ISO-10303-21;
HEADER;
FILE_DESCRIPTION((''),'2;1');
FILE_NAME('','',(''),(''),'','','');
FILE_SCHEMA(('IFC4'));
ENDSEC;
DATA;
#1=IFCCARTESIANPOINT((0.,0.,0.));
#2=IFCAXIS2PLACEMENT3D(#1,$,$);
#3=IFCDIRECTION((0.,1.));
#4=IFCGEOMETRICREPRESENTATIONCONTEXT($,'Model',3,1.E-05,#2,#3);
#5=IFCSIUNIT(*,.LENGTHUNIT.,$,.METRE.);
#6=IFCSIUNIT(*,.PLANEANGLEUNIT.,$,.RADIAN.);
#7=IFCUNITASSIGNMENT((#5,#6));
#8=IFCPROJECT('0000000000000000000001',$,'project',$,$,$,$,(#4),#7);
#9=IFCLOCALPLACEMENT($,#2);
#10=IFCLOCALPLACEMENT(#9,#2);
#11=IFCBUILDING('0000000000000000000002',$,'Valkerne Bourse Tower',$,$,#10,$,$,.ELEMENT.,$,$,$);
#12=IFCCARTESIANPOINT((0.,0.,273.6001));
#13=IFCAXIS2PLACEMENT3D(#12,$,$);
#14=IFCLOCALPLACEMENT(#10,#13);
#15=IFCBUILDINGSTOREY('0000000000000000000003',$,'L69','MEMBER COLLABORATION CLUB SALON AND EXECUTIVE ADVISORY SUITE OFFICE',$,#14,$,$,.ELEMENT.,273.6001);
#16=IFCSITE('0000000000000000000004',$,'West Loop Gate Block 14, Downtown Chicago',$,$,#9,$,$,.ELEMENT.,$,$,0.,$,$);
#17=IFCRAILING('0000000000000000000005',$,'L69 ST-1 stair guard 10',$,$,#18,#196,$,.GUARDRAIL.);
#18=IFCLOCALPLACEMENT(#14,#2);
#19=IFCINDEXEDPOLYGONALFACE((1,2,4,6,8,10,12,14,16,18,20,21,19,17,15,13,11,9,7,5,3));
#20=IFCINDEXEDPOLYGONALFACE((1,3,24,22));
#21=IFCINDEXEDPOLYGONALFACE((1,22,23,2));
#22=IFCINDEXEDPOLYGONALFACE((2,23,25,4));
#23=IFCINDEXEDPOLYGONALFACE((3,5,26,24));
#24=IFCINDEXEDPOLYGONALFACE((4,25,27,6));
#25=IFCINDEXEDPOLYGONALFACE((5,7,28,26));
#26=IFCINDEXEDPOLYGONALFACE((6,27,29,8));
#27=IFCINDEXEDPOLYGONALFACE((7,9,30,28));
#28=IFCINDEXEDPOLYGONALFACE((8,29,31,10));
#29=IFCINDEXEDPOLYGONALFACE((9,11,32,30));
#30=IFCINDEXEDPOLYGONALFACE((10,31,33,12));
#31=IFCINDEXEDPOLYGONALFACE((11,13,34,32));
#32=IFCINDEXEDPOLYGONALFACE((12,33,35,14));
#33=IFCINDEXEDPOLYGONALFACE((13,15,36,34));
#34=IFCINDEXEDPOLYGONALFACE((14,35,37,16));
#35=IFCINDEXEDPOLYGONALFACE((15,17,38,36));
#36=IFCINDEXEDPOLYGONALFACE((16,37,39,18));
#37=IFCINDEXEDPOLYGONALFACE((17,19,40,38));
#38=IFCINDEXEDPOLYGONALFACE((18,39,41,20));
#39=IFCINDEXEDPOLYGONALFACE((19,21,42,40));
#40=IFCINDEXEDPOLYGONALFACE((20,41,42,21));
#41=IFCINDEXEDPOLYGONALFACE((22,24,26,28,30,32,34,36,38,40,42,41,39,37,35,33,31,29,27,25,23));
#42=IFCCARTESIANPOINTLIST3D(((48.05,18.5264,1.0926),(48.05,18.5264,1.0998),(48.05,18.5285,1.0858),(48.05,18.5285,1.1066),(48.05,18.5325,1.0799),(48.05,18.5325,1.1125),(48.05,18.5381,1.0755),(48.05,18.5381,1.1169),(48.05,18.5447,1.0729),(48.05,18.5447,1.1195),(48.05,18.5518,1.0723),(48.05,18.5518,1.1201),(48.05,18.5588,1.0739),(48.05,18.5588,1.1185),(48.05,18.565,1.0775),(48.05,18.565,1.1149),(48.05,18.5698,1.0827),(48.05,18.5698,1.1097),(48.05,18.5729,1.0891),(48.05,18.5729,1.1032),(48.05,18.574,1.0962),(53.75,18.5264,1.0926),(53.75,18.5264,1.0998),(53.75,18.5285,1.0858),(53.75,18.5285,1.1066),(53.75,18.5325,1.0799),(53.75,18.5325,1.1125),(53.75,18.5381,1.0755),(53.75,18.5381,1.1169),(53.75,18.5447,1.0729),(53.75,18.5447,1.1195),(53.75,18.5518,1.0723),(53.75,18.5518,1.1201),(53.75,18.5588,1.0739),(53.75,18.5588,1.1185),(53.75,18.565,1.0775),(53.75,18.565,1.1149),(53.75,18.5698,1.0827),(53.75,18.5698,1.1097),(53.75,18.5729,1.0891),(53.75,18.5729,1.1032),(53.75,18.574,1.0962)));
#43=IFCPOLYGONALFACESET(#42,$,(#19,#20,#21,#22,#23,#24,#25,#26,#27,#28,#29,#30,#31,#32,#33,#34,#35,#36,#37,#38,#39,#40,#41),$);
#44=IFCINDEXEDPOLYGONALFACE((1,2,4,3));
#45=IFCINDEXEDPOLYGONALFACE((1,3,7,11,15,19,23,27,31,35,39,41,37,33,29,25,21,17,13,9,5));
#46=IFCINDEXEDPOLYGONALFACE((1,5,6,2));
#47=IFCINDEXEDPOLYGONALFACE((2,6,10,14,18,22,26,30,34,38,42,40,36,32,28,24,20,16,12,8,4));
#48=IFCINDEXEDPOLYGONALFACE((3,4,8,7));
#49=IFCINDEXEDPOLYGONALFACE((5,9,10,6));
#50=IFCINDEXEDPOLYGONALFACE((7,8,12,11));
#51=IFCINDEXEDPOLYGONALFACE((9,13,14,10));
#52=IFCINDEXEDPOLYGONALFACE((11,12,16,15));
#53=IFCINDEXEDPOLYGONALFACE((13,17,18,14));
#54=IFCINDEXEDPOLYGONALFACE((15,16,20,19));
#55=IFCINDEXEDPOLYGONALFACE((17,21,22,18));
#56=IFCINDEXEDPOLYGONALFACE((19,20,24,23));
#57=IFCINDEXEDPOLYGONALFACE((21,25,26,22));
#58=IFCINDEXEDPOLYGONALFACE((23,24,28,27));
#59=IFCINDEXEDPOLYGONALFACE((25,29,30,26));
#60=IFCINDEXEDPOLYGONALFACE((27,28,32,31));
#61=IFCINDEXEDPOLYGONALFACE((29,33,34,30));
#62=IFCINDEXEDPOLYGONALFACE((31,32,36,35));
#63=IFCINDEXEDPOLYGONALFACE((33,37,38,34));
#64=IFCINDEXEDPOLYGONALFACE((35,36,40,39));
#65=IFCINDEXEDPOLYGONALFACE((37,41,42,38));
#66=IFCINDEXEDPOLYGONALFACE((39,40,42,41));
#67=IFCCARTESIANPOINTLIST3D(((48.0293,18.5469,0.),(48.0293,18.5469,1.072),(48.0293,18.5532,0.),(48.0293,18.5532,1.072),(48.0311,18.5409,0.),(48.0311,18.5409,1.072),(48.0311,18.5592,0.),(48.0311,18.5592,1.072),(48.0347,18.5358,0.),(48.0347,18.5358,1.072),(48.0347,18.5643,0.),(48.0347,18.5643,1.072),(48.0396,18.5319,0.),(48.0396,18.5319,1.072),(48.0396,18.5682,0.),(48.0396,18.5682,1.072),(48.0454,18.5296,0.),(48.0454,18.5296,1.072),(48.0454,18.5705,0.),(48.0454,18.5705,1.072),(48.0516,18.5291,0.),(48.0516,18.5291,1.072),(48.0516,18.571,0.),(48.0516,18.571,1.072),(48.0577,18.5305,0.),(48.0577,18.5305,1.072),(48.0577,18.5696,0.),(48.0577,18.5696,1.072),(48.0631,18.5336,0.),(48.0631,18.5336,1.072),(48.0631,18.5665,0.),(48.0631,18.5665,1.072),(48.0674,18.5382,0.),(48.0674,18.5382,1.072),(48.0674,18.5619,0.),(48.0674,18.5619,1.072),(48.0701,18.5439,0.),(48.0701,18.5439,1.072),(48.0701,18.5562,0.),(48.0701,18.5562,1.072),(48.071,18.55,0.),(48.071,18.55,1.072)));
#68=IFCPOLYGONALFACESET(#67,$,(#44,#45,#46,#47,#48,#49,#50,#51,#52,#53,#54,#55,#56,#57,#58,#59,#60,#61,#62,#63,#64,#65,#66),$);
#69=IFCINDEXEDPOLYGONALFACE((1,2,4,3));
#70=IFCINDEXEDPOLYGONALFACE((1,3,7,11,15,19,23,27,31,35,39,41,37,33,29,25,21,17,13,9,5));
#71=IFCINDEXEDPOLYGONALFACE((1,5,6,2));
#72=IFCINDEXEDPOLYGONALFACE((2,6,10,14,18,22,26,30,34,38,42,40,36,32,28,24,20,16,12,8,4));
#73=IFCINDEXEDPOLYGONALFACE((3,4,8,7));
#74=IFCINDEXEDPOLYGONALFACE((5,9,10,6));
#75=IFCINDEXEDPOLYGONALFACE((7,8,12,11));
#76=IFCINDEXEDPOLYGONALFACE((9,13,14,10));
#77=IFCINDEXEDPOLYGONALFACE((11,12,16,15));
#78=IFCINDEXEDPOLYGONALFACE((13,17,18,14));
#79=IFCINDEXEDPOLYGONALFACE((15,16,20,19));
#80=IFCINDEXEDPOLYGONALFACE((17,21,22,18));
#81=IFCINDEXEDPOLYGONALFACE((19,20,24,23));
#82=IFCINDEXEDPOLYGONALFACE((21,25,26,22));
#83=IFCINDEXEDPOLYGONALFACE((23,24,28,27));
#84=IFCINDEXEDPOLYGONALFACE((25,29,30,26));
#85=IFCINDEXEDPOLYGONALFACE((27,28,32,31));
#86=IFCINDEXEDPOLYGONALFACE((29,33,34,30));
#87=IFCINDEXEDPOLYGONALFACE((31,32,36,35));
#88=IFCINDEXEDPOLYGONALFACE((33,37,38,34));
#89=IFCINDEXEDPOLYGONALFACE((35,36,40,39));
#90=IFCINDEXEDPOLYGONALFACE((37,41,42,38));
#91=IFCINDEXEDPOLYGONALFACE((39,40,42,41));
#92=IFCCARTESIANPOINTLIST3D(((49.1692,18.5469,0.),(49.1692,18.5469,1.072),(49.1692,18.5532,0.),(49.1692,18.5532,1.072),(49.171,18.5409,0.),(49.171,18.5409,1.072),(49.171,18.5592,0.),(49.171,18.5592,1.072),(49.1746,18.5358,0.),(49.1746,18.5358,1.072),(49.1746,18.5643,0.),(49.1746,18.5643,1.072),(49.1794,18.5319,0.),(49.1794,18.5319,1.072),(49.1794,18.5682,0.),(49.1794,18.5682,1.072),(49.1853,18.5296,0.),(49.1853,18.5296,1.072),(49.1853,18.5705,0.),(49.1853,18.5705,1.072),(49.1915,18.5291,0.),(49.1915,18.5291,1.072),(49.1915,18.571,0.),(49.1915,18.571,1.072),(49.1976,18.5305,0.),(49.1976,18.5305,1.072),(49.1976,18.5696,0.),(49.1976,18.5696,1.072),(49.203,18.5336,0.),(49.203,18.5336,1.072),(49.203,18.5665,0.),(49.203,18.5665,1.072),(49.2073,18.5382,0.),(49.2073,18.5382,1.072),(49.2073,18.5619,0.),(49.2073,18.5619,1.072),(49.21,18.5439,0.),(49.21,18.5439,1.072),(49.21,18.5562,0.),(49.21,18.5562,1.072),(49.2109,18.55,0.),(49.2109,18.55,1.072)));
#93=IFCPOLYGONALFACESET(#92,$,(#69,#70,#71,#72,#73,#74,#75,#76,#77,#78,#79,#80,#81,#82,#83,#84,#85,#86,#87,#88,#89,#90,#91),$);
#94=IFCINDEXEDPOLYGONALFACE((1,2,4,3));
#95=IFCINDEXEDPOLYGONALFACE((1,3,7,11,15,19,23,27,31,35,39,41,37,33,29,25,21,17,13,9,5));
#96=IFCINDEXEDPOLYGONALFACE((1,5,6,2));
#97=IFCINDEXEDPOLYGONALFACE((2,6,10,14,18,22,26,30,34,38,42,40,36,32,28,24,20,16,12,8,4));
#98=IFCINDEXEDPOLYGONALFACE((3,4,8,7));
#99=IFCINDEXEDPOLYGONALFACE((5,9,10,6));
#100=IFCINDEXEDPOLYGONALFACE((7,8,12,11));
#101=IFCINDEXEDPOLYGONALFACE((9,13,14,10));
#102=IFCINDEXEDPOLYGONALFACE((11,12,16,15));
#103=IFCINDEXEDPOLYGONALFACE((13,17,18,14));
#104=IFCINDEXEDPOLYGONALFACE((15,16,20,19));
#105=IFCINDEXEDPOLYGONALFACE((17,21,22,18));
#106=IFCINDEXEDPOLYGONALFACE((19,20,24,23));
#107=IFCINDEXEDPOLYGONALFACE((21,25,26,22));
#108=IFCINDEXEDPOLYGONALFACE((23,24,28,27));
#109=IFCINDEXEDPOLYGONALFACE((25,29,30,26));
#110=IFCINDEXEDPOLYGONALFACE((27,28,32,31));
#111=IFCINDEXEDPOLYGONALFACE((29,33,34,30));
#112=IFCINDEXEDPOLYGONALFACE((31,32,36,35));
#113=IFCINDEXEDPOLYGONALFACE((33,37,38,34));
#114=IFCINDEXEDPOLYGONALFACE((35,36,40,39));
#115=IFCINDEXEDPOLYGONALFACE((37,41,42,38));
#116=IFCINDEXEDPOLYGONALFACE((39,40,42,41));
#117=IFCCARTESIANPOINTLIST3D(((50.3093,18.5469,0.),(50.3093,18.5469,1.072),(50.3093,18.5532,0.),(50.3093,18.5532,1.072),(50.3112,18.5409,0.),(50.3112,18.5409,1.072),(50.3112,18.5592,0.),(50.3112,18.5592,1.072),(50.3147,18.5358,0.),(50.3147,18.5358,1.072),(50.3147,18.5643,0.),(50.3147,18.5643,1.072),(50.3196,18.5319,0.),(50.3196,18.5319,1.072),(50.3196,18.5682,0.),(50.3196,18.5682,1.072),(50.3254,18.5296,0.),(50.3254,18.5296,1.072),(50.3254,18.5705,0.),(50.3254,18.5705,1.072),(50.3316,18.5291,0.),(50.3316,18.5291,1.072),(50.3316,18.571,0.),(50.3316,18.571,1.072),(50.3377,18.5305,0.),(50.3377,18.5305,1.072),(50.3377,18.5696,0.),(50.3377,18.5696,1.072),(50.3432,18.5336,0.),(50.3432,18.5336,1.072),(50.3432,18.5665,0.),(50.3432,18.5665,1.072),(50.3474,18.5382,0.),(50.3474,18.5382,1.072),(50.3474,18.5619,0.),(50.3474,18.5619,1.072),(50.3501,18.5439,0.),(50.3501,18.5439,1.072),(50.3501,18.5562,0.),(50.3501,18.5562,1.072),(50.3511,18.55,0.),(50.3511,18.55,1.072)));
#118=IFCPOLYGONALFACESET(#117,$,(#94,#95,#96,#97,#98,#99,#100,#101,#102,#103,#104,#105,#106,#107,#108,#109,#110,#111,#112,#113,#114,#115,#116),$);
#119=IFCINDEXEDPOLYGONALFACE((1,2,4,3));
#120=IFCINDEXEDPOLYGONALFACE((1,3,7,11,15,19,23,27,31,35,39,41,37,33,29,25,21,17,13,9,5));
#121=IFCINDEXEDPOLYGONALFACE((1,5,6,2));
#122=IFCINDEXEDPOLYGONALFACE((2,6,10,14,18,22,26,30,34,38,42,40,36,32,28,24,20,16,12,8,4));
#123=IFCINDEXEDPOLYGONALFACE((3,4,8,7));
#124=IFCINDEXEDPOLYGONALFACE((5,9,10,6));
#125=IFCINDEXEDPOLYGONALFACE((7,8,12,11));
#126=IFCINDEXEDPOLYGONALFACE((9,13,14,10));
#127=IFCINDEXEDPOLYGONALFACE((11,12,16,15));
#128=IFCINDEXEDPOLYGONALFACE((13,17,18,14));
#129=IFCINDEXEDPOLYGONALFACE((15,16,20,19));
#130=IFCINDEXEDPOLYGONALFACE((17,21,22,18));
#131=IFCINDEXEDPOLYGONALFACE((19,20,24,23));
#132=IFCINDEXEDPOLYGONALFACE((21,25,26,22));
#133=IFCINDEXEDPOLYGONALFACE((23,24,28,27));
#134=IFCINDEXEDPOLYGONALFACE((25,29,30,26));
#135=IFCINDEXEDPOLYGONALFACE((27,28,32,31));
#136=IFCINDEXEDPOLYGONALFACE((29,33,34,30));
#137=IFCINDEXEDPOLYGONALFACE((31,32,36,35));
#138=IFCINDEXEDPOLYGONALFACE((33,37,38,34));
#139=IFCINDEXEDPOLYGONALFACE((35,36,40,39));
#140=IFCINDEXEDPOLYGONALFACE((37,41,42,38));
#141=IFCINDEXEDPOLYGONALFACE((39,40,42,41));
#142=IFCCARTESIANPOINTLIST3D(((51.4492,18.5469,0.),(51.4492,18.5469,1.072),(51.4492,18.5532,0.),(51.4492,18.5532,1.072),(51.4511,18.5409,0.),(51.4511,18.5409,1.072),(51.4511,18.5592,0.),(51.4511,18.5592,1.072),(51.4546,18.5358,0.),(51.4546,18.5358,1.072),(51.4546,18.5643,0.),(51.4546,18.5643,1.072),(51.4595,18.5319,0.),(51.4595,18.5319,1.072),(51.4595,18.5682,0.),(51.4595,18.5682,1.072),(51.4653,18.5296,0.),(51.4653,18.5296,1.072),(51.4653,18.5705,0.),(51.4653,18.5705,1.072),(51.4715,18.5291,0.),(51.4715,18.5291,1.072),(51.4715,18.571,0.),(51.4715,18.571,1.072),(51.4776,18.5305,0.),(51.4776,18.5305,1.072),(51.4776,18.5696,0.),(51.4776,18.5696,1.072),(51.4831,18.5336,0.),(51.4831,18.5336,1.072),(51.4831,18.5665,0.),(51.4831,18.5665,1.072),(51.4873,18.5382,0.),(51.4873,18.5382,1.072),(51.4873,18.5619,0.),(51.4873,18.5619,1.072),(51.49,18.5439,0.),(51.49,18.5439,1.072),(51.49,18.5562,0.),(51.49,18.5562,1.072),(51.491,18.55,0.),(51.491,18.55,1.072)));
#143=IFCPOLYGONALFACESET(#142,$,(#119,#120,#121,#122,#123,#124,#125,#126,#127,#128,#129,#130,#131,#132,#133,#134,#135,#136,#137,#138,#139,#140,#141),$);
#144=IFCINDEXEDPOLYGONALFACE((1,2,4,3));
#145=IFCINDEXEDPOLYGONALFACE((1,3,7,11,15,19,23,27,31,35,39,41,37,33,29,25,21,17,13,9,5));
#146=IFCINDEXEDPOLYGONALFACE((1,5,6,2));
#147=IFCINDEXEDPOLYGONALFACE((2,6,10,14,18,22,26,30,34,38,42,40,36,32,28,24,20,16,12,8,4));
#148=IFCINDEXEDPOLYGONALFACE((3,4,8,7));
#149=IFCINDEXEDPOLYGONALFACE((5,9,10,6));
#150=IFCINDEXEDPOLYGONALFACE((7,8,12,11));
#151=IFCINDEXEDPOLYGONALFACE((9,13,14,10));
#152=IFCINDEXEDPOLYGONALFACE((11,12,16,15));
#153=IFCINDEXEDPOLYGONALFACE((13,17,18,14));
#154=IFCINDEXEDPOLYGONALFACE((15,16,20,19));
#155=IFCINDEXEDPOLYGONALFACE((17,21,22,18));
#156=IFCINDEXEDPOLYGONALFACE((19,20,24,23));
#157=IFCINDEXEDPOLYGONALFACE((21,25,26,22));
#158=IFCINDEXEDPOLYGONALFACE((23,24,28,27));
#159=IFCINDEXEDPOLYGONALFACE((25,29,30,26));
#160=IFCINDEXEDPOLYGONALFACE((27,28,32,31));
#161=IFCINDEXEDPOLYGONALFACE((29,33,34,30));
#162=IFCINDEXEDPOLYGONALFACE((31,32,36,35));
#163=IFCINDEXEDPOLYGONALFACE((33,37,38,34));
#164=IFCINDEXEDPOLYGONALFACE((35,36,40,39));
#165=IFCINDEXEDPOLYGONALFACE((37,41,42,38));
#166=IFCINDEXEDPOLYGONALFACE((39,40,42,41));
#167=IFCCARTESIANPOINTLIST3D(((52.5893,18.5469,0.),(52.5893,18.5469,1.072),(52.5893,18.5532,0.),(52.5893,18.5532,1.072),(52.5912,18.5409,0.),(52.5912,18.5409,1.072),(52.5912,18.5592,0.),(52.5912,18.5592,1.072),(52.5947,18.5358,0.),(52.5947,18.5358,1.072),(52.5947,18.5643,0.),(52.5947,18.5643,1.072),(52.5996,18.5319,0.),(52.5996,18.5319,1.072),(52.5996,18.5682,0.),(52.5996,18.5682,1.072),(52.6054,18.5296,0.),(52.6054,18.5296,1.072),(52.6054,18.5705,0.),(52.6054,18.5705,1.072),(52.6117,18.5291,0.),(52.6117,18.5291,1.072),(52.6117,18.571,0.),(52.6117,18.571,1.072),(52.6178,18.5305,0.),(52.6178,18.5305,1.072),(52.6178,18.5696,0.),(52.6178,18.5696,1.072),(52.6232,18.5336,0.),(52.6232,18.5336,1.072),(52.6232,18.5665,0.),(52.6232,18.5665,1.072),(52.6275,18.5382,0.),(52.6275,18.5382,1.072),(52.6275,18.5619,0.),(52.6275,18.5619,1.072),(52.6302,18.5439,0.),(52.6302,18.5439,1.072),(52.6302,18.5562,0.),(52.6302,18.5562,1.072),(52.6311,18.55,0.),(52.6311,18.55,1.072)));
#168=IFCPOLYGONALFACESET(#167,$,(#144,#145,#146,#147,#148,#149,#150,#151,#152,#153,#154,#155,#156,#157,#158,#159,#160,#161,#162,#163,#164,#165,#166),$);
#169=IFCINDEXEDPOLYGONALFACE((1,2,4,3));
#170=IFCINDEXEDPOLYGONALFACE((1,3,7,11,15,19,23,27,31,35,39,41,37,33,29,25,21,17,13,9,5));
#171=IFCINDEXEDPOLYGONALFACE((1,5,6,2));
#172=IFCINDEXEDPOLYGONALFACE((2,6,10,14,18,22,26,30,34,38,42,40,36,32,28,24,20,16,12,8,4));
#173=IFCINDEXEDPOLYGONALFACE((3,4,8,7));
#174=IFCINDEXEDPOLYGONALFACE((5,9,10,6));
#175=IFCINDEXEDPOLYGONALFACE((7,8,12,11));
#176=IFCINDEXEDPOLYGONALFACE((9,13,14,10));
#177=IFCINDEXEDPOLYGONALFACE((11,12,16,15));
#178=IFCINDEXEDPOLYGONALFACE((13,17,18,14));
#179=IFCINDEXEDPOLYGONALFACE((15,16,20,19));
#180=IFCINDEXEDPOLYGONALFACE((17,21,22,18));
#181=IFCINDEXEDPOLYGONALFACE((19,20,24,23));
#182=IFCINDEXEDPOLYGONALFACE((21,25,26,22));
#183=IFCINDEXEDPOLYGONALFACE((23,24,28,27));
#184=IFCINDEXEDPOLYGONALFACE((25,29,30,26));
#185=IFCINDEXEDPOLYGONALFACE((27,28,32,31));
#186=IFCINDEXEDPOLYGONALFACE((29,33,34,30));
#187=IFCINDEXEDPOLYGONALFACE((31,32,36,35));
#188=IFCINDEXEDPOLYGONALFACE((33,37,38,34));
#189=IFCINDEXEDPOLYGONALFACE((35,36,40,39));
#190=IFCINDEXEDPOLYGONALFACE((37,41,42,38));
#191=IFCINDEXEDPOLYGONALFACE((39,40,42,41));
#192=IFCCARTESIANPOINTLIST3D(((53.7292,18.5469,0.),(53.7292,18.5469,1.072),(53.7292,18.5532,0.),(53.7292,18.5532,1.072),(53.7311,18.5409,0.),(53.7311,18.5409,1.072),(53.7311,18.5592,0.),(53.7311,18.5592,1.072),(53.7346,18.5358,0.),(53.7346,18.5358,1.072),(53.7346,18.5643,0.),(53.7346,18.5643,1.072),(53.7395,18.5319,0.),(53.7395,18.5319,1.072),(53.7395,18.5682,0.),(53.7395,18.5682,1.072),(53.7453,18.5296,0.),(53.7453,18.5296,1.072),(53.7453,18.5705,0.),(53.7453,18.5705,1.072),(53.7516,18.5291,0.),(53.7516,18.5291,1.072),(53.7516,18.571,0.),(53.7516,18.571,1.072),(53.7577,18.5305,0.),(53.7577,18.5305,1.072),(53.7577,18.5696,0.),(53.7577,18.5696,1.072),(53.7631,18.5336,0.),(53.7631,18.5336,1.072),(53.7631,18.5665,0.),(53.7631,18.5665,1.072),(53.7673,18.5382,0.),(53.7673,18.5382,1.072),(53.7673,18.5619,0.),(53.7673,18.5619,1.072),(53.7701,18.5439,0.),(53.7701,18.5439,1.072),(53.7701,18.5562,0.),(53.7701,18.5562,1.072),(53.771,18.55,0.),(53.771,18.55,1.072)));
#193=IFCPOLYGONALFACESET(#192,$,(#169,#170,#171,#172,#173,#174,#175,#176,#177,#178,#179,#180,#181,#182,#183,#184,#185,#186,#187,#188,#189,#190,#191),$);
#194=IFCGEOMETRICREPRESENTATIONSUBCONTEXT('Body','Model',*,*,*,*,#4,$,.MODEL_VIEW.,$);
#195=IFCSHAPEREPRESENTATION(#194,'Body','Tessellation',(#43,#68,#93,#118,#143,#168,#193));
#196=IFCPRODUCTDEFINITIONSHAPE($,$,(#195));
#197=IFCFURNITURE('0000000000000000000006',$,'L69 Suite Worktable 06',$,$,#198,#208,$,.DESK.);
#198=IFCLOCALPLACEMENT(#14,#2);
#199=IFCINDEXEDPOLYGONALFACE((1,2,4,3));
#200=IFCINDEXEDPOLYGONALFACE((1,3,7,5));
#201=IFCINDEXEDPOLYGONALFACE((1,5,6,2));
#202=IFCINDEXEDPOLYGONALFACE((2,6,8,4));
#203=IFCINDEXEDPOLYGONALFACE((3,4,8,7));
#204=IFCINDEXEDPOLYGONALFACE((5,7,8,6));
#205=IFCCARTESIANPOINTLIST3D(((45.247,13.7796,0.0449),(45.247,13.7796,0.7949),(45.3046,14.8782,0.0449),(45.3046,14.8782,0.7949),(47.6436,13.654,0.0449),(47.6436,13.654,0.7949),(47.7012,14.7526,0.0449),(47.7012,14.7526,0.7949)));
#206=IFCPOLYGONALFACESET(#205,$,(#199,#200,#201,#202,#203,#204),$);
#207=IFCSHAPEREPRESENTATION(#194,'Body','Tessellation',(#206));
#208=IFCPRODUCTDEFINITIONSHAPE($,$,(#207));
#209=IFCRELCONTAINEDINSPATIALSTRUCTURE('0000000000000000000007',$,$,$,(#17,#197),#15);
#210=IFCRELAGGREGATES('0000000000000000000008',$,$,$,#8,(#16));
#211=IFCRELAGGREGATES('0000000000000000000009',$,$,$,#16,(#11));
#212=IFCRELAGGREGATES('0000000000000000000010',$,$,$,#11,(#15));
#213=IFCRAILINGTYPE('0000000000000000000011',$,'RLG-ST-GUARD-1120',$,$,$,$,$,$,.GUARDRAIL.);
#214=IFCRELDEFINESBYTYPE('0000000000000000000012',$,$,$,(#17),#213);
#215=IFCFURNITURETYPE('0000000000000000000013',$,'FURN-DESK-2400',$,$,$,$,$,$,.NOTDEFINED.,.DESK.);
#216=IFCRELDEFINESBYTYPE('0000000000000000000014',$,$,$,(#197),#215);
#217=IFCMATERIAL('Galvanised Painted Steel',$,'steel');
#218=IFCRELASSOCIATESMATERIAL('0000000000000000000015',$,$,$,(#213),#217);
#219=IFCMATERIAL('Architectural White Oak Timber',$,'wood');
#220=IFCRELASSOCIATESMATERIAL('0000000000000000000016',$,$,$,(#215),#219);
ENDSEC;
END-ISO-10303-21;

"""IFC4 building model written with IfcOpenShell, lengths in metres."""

from ifc_helpers import new_model, si_unit, direction, frame, origin, origin_2d, place, context, subcontext, project, spatial, rectangle, circle, extrude, material, type_object, element, save


model = new_model("IFC4")

# Units and contexts
model_context = context("Model", 3, precision=1e-05, world=origin(), true_north=direction((0.0, 1.0)))
body_context = subcontext(model_context, "Body", "Model", "MODEL_VIEW")
ifc_project = project(units=[si_unit("LENGTHUNIT", "METRE"), si_unit("PLANEANGLEUNIT", "RADIAN")], contexts=[model_context])

# Site, building, storey
site_placement = place(None, origin())
site = spatial("IfcSite", under=ifc_project, at=site_placement, Name="West Loop Gate Block 14, Downtown Chicago", CompositionType="ELEMENT", RefElevation=0.0)
building_placement = place(site_placement, origin())
building = spatial("IfcBuilding", under=site, at=building_placement, Name="Valkerne Bourse Tower", CompositionType="ELEMENT")
storey_placement = place(building_placement, frame((0.0, 0.0, 273.6001)))
storey = spatial("IfcBuildingStorey", under=building, at=storey_placement, Name="L69", Description="MEMBER COLLABORATION CLUB SALON AND EXECUTIVE ADVISORY SUITE OFFICE", CompositionType="ELEMENT", Elevation=273.6001)

# Shared definitions
ifc_material_1 = material(Name="Architectural White Oak Timber", Category="wood")

# Railing
ifc_material_2 = material(Name="Galvanised Painted Steel", Category="steel")
railing_type = type_object("IfcRailingType", Name="RLG-ST-GUARD-1120", PredefinedType="GUARDRAIL", material=ifc_material_2)
railing_placement = place(storey_placement, frame((48.05, 18.55, 0.0)))
element("IfcRailing", 1, at=railing_placement, inside=storey, type_object=railing_type, Name="L69 ST-1 stair guard 10", PredefinedType="GUARDRAIL", context=body_context, shape_type="SweptSolid", body=[
    extrude(circle(Radius=0.0239, at=origin_2d()), frame((0.0, 0.0, 1.0962), z_axis=(1.0, 0.0, 0.0), x_axis=(0.0, 1.0, 0.0)), (0.0, 0.0, 1.0), 5.7),
    extrude(circle(Radius=0.021, at=origin_2d()), origin(), (0.0, 0.0, 1.0), 1.072),
    extrude(circle(Radius=0.021, at=origin_2d()), frame((1.1399, 0.0, 0.0)), (0.0, 0.0, 1.0), 1.072),
    extrude(circle(Radius=0.021, at=origin_2d()), frame((2.28, 0.0, 0.0)), (0.0, 0.0, 1.0), 1.072),
    extrude(circle(Radius=0.021, at=origin_2d()), frame((3.4199, 0.0, 0.0)), (0.0, 0.0, 1.0), 1.072),
    extrude(circle(Radius=0.021, at=origin_2d()), frame((4.5601, 0.0, 0.0)), (0.0, 0.0, 1.0), 1.072),
    extrude(circle(Radius=0.021, at=origin_2d()), frame((5.7, 0.0, 0.0)), (0.0, 0.0, 1.0), 1.072),
])

# Furniture
furniture_type = type_object("IfcFurnitureType", Name="FURN-DESK-2400", AssemblyPlace="NOTDEFINED", PredefinedType="DESK", material=ifc_material_1)
furniture_placement = place(storey_placement, frame((46.4741, 14.2661, 0.0449), z_axis=(0.0, 0.0, 1.0), x_axis=(-0.99863, 0.052336, 0.0)))
element("IfcFurniture", 2, at=furniture_placement, inside=storey, type_object=furniture_type, Name="L69 Suite Worktable 06", PredefinedType="DESK", context=body_context, shape_type="SweptSolid", body=[
    extrude(rectangle(XDim=2.3999, YDim=1.1001, at=origin_2d()), origin(), (0.0, 0.0, 1.0), 0.75),
])

save(model, "model.ifc")
